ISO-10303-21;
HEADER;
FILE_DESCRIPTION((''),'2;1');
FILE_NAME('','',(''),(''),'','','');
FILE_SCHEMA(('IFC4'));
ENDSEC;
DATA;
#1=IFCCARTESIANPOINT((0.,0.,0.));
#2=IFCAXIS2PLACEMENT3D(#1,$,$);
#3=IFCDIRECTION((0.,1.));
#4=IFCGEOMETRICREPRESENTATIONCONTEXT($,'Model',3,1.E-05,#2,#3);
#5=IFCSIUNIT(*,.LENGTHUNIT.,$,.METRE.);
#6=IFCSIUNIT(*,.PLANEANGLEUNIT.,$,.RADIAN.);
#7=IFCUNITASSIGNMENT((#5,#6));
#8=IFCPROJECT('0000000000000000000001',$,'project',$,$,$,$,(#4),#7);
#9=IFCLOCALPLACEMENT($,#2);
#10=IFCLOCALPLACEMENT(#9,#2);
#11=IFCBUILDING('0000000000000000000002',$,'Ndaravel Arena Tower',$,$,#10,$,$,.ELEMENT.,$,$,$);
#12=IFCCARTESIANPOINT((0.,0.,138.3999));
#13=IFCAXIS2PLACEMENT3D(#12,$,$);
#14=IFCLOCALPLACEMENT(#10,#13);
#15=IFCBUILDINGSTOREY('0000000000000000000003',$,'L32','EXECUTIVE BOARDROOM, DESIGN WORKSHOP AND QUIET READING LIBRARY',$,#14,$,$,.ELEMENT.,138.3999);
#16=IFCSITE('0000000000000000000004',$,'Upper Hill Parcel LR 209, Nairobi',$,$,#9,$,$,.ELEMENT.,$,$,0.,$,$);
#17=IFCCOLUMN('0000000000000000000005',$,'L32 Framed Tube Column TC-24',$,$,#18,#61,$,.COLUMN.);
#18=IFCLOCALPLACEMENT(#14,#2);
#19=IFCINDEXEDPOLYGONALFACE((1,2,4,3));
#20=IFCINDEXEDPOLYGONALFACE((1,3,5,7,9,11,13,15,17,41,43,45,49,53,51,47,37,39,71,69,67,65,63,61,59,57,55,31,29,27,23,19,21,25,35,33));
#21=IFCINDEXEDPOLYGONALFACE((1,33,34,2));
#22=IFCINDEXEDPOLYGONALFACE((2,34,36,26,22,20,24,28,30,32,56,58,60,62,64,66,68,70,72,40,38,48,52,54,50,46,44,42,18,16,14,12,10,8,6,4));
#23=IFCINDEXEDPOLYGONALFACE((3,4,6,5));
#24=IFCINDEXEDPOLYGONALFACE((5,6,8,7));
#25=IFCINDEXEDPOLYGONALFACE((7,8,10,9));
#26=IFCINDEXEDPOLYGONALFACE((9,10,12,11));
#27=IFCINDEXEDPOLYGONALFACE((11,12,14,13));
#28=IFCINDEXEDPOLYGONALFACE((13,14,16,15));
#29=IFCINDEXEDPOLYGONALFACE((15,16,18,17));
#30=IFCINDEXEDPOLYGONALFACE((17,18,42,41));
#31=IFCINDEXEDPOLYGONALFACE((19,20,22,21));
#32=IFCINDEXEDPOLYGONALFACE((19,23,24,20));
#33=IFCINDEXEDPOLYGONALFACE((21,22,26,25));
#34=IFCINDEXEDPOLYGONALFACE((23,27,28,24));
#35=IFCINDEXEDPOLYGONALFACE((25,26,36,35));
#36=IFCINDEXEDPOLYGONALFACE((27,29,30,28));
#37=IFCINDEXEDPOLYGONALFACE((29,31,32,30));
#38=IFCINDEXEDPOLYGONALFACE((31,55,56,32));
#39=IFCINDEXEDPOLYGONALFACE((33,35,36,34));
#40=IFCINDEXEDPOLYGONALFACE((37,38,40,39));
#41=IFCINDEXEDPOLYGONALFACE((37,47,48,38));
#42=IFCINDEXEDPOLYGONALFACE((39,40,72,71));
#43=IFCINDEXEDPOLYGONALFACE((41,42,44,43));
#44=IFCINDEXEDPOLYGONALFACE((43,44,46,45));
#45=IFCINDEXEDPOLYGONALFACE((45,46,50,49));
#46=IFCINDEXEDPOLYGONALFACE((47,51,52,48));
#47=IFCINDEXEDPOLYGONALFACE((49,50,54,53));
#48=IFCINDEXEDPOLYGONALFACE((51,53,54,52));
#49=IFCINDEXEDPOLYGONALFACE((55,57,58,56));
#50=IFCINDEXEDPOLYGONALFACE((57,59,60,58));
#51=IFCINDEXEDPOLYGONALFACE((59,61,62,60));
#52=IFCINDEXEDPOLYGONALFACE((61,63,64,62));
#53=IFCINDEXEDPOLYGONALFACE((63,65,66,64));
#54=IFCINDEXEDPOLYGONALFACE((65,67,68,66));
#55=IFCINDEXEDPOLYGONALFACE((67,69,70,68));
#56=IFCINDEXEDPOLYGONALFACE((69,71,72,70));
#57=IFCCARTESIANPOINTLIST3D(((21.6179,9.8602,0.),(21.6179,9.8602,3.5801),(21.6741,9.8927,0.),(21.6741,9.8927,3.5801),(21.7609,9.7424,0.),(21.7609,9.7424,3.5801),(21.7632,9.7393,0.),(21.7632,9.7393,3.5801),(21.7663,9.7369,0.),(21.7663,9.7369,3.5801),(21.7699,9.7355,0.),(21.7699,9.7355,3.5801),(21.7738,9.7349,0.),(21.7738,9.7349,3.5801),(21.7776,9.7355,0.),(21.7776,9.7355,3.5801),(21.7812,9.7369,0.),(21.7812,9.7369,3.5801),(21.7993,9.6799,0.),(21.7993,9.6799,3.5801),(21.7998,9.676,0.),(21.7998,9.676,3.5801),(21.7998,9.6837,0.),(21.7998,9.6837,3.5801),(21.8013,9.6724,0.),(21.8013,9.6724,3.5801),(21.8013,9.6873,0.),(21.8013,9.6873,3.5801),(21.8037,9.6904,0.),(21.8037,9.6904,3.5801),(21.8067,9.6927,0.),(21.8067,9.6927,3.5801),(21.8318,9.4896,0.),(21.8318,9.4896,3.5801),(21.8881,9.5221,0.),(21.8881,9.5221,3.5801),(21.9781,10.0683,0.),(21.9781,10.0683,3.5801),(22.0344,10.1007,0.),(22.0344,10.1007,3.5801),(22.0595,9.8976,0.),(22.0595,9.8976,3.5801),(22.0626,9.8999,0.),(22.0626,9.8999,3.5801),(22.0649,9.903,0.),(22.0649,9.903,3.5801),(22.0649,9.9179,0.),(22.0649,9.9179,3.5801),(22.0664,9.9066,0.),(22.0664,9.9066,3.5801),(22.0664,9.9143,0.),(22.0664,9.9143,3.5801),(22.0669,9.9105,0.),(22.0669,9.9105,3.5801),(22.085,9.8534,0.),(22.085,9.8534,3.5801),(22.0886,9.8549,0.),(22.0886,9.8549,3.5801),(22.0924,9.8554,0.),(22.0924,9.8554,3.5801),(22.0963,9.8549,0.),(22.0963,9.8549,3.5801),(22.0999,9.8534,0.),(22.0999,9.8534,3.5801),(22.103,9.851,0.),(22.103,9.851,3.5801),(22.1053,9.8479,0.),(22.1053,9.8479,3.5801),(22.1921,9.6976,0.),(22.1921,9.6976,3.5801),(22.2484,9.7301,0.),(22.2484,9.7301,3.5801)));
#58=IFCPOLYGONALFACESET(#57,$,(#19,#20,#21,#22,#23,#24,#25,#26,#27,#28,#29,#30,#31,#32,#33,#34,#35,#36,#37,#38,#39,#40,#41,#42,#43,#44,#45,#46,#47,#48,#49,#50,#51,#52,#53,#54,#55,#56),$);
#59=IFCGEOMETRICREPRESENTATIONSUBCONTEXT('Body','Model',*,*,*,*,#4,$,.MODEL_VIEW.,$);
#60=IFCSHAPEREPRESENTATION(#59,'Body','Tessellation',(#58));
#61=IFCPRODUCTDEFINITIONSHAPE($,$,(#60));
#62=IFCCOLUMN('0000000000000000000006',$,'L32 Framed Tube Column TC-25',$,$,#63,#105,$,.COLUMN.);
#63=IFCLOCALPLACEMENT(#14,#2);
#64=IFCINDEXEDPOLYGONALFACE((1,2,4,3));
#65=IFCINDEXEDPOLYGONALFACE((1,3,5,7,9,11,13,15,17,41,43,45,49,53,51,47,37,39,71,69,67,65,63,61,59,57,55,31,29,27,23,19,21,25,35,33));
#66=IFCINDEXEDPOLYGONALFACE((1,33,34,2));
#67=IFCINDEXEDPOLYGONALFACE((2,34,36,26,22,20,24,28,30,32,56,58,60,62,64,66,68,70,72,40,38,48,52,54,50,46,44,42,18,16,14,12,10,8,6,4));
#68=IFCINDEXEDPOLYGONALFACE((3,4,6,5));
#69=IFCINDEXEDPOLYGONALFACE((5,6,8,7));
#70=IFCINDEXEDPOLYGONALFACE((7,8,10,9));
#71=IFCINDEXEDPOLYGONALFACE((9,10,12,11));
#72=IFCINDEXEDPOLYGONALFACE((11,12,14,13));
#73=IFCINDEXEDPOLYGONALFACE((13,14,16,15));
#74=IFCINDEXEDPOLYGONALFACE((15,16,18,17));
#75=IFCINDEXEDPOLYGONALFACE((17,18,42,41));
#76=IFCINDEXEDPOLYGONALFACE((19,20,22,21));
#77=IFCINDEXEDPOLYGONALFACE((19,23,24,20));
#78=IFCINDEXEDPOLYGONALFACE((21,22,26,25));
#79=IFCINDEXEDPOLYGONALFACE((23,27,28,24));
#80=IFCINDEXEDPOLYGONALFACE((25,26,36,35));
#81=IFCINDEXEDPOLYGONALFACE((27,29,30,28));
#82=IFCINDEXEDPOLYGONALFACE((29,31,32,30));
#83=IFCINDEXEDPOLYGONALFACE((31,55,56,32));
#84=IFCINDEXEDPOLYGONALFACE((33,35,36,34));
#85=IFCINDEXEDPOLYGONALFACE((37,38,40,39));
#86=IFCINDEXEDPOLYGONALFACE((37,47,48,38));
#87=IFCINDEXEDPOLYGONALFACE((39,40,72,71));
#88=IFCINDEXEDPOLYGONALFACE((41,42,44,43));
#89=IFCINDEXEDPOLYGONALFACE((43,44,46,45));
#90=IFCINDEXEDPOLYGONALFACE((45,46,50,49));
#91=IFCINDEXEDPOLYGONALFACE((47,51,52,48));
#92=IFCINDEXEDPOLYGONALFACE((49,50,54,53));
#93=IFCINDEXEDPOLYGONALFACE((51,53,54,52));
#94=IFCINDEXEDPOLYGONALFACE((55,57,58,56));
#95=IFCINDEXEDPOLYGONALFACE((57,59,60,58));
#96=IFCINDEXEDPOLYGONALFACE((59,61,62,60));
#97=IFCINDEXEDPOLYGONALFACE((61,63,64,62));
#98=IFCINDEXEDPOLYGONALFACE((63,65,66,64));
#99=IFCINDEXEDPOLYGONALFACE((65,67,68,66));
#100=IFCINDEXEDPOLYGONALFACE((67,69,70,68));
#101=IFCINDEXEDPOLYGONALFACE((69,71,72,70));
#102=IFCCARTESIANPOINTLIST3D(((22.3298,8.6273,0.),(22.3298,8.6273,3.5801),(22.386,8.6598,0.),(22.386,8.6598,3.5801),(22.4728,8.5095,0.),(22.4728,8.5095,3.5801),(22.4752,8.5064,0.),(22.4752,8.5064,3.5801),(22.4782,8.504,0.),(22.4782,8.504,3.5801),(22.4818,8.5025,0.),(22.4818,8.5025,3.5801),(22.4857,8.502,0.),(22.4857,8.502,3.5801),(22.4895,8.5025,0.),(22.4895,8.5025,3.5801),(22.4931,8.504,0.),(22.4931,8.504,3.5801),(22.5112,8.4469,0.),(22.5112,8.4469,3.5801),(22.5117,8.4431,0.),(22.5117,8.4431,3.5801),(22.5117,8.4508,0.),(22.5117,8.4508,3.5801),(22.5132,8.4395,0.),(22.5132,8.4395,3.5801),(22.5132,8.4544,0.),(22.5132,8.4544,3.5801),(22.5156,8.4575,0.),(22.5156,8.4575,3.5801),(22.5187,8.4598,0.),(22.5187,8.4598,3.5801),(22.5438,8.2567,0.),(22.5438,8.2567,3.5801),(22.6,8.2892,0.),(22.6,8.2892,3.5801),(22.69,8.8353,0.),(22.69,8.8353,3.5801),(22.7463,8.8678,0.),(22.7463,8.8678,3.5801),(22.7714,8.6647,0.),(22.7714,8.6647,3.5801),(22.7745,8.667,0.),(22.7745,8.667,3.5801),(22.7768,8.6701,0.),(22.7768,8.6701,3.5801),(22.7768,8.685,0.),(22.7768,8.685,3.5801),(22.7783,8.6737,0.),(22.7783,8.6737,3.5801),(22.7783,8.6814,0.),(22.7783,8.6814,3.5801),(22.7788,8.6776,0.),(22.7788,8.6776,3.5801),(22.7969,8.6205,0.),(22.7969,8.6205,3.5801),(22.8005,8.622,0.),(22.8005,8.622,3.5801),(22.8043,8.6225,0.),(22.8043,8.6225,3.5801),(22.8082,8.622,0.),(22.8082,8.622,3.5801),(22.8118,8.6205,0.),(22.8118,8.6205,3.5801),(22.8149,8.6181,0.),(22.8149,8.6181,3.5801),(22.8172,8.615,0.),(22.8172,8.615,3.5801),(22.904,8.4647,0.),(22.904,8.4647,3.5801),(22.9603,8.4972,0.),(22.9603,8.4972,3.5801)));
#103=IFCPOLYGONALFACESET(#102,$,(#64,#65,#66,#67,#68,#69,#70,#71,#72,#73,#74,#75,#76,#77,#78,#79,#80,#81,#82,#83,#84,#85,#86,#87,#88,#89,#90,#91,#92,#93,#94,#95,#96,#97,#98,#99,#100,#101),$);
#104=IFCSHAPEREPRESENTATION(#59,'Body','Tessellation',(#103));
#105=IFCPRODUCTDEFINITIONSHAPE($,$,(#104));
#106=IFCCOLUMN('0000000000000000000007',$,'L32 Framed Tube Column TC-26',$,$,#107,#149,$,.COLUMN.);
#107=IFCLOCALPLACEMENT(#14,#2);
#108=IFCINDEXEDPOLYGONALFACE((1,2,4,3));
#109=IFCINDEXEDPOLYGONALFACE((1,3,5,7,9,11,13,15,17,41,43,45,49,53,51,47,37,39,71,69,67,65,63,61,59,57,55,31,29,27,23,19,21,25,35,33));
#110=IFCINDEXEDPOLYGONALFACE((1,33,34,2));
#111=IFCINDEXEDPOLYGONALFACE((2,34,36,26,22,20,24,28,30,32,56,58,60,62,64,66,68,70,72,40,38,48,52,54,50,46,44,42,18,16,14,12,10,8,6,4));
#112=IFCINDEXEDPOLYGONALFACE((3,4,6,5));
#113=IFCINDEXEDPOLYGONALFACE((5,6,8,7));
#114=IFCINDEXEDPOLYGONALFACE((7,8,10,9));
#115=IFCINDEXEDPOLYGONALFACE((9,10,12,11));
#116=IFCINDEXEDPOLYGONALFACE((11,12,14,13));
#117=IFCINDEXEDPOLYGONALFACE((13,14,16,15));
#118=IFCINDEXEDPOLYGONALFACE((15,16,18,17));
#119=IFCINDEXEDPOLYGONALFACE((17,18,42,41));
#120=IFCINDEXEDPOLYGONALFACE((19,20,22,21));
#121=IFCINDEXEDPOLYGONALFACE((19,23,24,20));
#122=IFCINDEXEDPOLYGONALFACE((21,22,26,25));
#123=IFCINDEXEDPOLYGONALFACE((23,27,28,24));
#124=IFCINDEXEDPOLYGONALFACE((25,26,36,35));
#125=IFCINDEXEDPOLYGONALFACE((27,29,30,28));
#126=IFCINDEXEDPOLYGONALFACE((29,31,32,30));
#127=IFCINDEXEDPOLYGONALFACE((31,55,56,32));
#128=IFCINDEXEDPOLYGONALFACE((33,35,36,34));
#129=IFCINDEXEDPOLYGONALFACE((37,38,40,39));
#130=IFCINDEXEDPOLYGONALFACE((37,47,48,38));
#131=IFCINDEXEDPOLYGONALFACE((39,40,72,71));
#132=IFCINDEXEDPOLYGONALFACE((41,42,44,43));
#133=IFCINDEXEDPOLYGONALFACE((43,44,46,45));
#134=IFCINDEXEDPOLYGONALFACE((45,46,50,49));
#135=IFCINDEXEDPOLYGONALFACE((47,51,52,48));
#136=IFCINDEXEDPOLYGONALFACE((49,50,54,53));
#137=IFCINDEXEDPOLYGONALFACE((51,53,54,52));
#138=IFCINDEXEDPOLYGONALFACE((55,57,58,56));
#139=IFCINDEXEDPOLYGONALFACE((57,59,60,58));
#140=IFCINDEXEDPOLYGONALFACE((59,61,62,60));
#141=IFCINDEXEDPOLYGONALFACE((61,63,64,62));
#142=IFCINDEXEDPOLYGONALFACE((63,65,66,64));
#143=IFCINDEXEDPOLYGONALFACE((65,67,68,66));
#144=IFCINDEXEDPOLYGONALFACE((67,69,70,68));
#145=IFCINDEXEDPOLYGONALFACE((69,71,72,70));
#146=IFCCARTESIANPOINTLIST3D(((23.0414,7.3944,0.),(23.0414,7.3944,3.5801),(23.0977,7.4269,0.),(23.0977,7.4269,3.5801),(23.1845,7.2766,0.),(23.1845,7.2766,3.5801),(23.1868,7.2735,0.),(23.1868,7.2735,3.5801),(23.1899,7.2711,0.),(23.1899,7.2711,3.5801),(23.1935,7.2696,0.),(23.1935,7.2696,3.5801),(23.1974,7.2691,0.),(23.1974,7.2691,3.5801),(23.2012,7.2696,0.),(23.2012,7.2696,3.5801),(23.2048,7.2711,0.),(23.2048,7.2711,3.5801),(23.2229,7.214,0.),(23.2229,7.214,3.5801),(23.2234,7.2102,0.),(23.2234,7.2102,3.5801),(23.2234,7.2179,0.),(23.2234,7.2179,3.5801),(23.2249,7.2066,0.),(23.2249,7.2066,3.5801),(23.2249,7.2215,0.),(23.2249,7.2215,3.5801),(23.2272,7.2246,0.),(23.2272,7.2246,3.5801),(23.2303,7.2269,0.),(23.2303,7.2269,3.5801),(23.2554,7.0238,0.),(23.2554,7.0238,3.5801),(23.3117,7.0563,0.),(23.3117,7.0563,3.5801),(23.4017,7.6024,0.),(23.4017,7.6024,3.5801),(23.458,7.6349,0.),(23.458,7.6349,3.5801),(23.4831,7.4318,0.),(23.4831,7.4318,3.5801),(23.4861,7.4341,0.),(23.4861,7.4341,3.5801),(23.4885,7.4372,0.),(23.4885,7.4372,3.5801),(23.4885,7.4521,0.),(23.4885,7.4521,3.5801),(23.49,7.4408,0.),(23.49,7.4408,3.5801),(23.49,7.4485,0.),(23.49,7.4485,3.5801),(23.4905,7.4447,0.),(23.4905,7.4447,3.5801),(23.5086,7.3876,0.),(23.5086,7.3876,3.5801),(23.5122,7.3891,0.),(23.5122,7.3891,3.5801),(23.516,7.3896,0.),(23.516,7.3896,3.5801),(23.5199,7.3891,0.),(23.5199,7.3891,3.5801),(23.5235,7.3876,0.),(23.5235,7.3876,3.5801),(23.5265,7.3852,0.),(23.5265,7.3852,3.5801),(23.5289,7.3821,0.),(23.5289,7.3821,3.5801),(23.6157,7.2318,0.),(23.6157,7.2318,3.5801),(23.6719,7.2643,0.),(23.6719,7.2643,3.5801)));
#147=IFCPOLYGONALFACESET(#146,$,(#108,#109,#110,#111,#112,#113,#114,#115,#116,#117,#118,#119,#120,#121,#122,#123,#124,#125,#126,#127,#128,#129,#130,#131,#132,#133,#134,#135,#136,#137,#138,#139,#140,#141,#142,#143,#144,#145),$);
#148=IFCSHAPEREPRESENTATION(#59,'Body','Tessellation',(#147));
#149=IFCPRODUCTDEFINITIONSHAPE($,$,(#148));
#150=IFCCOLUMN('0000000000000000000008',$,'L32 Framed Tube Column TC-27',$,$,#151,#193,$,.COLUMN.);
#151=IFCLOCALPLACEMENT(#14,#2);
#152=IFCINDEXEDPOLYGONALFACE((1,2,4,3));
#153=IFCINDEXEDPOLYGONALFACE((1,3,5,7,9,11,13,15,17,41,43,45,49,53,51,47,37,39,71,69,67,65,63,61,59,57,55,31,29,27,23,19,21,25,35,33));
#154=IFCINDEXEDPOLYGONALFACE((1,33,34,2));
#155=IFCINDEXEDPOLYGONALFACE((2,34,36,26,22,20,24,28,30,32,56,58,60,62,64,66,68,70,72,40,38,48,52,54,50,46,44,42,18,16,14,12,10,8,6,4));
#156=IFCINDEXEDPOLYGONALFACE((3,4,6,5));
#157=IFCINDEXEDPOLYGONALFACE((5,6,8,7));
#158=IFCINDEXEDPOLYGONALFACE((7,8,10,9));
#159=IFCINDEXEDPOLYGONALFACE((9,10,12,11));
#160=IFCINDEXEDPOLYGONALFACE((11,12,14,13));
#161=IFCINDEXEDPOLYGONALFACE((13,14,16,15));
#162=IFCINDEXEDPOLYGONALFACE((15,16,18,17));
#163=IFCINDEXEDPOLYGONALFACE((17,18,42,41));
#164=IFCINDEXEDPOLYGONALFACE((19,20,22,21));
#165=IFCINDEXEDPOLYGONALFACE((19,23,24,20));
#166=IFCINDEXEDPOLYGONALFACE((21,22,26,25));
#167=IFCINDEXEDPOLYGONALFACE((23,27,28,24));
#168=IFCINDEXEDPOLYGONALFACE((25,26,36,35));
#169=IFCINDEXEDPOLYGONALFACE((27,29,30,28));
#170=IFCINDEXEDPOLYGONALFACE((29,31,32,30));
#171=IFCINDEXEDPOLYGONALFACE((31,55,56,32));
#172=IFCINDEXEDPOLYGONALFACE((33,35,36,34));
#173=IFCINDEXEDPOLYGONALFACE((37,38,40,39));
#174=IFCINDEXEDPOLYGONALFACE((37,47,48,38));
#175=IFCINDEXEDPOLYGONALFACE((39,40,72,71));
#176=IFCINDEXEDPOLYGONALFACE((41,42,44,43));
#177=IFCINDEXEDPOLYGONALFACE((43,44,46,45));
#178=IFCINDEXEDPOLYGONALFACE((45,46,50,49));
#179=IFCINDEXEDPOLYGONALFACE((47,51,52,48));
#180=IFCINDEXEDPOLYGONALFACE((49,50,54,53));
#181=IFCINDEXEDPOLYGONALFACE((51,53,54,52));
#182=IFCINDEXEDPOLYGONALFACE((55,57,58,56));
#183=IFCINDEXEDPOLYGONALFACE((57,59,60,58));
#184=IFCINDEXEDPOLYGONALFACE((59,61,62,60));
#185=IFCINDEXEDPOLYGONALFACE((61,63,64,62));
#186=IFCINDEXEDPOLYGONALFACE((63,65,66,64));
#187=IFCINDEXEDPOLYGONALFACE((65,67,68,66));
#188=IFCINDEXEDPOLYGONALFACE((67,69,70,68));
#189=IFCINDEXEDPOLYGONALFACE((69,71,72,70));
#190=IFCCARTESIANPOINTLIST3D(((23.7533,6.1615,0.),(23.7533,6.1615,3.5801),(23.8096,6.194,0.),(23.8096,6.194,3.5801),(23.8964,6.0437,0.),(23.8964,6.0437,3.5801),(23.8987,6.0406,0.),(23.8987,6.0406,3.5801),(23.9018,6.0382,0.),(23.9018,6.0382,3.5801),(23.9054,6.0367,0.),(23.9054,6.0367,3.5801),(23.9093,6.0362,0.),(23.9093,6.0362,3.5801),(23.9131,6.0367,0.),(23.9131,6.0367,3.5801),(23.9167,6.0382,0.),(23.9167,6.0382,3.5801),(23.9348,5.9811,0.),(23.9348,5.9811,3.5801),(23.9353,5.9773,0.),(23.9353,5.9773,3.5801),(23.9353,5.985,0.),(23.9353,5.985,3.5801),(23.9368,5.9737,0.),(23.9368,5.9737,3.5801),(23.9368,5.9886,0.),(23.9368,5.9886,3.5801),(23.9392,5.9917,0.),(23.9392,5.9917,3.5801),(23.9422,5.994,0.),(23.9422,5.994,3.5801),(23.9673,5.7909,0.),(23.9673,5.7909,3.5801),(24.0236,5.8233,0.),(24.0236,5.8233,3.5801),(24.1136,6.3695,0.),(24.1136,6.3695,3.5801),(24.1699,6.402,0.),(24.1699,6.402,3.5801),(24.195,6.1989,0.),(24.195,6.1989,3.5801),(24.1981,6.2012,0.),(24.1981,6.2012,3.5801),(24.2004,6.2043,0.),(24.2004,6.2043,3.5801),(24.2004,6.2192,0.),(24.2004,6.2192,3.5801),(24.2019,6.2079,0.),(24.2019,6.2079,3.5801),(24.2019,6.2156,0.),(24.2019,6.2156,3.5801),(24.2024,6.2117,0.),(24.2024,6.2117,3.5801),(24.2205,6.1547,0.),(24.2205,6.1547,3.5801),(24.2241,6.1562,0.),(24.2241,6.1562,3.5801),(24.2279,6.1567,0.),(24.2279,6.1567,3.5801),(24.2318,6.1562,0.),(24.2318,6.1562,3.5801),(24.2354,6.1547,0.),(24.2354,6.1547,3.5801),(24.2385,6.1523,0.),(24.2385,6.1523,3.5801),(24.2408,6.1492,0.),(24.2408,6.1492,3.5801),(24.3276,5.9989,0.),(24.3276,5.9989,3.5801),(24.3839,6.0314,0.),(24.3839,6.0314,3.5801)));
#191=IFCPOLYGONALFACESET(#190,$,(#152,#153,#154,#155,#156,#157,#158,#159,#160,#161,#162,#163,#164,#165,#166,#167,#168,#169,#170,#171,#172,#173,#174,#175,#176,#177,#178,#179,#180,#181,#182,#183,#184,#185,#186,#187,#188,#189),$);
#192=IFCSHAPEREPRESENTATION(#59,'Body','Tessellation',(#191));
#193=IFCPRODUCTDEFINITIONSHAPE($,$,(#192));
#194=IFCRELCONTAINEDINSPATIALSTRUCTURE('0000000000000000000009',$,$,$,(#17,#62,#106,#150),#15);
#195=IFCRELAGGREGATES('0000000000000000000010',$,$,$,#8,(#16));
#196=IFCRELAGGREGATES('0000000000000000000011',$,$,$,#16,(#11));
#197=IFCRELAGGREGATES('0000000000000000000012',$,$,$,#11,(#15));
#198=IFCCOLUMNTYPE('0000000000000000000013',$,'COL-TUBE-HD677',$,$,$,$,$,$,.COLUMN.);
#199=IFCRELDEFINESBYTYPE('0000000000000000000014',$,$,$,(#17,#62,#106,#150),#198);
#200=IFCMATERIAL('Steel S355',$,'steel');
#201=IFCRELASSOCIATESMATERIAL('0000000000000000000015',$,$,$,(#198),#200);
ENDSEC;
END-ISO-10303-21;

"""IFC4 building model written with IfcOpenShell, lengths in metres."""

from ifc_helpers import new_model, si_unit, direction, frame, origin, origin_2d, place, context, subcontext, project, spatial, i_section, extrude, material, material_profile, profile_set, type_object, element, save


model = new_model("IFC4")

# Units and contexts
model_context = context("Model", 3, precision=1e-05, world=origin(), true_north=direction((0.0, 1.0)))
body_context = subcontext(model_context, "Body", "Model", "MODEL_VIEW")
ifc_project = project(units=[si_unit("LENGTHUNIT", "METRE"), si_unit("PLANEANGLEUNIT", "RADIAN")], contexts=[model_context])

# Site, building, storey
site_placement = place(None, origin())
site = spatial("IfcSite", under=ifc_project, at=site_placement, Name="Upper Hill Parcel LR 209, Nairobi", CompositionType="ELEMENT", RefElevation=0.0)
building_placement = place(site_placement, origin())
building = spatial("IfcBuilding", under=site, at=building_placement, Name="Ndaravel Arena Tower", CompositionType="ELEMENT")
storey_placement = place(building_placement, frame((0.0, 0.0, 138.3999)))
storey = spatial("IfcBuildingStorey", under=building, at=storey_placement, Name="L32", Description="EXECUTIVE BOARDROOM, DESIGN WORKSHOP AND QUIET READING LIBRARY", CompositionType="ELEMENT", Elevation=138.3999)

# Columns
ifc_material_1 = material(Name="Steel S355", Category="steel")
ifc_material_profile_1 = material_profile(ifc_material_1, i_section(OverallWidth=0.428, OverallDepth=0.481, WebThickness=0.051, FlangeThickness=0.0649, FilletRadius=0.0149, at=origin_2d()), Name="HD 400x677")
ifc_profile_set_1 = profile_set([ifc_material_profile_1], Name="Steel S355")
column_type = type_object("IfcColumnType", Name="COL-TUBE-HD677", PredefinedType="COLUMN", material=ifc_profile_set_1)
for number, where, z_axis, x_axis, name in (
    (1, (21.9331, 9.7952, 0.0), (0.0, 0.0, 1.0), (-0.5, 0.866025, 0.0), "L32 Framed Tube Column TC-24"),
    (2, (22.645, 8.5623, 0.0), (0.0, 0.0, 1.0), (-0.5, 0.866025, 0.0), "L32 Framed Tube Column TC-25"),
    (3, (23.3567, 7.3293, 0.0), (0.0, 0.0, 1.0), (-0.5, 0.866025, 0.0), "L32 Framed Tube Column TC-26"),
    (4, (24.0686, 6.0964, 0.0), (0.0, 0.0, 1.0), (-0.5, 0.866025, 0.0), "L32 Framed Tube Column TC-27"),
):
    element("IfcColumn", number, at=place(storey_placement, frame(where, z_axis=z_axis, x_axis=x_axis)), inside=storey, type_object=column_type, Name=name, PredefinedType="COLUMN", context=body_context, shape_type="SweptSolid", body=[
        extrude(i_section(OverallWidth=0.428, OverallDepth=0.481, WebThickness=0.051, FlangeThickness=0.0649, FilletRadius=0.0149, at=origin_2d()), origin(), (0.0, 0.0, 1.0), 3.5801),
    ])

save(model, "model.ifc")
